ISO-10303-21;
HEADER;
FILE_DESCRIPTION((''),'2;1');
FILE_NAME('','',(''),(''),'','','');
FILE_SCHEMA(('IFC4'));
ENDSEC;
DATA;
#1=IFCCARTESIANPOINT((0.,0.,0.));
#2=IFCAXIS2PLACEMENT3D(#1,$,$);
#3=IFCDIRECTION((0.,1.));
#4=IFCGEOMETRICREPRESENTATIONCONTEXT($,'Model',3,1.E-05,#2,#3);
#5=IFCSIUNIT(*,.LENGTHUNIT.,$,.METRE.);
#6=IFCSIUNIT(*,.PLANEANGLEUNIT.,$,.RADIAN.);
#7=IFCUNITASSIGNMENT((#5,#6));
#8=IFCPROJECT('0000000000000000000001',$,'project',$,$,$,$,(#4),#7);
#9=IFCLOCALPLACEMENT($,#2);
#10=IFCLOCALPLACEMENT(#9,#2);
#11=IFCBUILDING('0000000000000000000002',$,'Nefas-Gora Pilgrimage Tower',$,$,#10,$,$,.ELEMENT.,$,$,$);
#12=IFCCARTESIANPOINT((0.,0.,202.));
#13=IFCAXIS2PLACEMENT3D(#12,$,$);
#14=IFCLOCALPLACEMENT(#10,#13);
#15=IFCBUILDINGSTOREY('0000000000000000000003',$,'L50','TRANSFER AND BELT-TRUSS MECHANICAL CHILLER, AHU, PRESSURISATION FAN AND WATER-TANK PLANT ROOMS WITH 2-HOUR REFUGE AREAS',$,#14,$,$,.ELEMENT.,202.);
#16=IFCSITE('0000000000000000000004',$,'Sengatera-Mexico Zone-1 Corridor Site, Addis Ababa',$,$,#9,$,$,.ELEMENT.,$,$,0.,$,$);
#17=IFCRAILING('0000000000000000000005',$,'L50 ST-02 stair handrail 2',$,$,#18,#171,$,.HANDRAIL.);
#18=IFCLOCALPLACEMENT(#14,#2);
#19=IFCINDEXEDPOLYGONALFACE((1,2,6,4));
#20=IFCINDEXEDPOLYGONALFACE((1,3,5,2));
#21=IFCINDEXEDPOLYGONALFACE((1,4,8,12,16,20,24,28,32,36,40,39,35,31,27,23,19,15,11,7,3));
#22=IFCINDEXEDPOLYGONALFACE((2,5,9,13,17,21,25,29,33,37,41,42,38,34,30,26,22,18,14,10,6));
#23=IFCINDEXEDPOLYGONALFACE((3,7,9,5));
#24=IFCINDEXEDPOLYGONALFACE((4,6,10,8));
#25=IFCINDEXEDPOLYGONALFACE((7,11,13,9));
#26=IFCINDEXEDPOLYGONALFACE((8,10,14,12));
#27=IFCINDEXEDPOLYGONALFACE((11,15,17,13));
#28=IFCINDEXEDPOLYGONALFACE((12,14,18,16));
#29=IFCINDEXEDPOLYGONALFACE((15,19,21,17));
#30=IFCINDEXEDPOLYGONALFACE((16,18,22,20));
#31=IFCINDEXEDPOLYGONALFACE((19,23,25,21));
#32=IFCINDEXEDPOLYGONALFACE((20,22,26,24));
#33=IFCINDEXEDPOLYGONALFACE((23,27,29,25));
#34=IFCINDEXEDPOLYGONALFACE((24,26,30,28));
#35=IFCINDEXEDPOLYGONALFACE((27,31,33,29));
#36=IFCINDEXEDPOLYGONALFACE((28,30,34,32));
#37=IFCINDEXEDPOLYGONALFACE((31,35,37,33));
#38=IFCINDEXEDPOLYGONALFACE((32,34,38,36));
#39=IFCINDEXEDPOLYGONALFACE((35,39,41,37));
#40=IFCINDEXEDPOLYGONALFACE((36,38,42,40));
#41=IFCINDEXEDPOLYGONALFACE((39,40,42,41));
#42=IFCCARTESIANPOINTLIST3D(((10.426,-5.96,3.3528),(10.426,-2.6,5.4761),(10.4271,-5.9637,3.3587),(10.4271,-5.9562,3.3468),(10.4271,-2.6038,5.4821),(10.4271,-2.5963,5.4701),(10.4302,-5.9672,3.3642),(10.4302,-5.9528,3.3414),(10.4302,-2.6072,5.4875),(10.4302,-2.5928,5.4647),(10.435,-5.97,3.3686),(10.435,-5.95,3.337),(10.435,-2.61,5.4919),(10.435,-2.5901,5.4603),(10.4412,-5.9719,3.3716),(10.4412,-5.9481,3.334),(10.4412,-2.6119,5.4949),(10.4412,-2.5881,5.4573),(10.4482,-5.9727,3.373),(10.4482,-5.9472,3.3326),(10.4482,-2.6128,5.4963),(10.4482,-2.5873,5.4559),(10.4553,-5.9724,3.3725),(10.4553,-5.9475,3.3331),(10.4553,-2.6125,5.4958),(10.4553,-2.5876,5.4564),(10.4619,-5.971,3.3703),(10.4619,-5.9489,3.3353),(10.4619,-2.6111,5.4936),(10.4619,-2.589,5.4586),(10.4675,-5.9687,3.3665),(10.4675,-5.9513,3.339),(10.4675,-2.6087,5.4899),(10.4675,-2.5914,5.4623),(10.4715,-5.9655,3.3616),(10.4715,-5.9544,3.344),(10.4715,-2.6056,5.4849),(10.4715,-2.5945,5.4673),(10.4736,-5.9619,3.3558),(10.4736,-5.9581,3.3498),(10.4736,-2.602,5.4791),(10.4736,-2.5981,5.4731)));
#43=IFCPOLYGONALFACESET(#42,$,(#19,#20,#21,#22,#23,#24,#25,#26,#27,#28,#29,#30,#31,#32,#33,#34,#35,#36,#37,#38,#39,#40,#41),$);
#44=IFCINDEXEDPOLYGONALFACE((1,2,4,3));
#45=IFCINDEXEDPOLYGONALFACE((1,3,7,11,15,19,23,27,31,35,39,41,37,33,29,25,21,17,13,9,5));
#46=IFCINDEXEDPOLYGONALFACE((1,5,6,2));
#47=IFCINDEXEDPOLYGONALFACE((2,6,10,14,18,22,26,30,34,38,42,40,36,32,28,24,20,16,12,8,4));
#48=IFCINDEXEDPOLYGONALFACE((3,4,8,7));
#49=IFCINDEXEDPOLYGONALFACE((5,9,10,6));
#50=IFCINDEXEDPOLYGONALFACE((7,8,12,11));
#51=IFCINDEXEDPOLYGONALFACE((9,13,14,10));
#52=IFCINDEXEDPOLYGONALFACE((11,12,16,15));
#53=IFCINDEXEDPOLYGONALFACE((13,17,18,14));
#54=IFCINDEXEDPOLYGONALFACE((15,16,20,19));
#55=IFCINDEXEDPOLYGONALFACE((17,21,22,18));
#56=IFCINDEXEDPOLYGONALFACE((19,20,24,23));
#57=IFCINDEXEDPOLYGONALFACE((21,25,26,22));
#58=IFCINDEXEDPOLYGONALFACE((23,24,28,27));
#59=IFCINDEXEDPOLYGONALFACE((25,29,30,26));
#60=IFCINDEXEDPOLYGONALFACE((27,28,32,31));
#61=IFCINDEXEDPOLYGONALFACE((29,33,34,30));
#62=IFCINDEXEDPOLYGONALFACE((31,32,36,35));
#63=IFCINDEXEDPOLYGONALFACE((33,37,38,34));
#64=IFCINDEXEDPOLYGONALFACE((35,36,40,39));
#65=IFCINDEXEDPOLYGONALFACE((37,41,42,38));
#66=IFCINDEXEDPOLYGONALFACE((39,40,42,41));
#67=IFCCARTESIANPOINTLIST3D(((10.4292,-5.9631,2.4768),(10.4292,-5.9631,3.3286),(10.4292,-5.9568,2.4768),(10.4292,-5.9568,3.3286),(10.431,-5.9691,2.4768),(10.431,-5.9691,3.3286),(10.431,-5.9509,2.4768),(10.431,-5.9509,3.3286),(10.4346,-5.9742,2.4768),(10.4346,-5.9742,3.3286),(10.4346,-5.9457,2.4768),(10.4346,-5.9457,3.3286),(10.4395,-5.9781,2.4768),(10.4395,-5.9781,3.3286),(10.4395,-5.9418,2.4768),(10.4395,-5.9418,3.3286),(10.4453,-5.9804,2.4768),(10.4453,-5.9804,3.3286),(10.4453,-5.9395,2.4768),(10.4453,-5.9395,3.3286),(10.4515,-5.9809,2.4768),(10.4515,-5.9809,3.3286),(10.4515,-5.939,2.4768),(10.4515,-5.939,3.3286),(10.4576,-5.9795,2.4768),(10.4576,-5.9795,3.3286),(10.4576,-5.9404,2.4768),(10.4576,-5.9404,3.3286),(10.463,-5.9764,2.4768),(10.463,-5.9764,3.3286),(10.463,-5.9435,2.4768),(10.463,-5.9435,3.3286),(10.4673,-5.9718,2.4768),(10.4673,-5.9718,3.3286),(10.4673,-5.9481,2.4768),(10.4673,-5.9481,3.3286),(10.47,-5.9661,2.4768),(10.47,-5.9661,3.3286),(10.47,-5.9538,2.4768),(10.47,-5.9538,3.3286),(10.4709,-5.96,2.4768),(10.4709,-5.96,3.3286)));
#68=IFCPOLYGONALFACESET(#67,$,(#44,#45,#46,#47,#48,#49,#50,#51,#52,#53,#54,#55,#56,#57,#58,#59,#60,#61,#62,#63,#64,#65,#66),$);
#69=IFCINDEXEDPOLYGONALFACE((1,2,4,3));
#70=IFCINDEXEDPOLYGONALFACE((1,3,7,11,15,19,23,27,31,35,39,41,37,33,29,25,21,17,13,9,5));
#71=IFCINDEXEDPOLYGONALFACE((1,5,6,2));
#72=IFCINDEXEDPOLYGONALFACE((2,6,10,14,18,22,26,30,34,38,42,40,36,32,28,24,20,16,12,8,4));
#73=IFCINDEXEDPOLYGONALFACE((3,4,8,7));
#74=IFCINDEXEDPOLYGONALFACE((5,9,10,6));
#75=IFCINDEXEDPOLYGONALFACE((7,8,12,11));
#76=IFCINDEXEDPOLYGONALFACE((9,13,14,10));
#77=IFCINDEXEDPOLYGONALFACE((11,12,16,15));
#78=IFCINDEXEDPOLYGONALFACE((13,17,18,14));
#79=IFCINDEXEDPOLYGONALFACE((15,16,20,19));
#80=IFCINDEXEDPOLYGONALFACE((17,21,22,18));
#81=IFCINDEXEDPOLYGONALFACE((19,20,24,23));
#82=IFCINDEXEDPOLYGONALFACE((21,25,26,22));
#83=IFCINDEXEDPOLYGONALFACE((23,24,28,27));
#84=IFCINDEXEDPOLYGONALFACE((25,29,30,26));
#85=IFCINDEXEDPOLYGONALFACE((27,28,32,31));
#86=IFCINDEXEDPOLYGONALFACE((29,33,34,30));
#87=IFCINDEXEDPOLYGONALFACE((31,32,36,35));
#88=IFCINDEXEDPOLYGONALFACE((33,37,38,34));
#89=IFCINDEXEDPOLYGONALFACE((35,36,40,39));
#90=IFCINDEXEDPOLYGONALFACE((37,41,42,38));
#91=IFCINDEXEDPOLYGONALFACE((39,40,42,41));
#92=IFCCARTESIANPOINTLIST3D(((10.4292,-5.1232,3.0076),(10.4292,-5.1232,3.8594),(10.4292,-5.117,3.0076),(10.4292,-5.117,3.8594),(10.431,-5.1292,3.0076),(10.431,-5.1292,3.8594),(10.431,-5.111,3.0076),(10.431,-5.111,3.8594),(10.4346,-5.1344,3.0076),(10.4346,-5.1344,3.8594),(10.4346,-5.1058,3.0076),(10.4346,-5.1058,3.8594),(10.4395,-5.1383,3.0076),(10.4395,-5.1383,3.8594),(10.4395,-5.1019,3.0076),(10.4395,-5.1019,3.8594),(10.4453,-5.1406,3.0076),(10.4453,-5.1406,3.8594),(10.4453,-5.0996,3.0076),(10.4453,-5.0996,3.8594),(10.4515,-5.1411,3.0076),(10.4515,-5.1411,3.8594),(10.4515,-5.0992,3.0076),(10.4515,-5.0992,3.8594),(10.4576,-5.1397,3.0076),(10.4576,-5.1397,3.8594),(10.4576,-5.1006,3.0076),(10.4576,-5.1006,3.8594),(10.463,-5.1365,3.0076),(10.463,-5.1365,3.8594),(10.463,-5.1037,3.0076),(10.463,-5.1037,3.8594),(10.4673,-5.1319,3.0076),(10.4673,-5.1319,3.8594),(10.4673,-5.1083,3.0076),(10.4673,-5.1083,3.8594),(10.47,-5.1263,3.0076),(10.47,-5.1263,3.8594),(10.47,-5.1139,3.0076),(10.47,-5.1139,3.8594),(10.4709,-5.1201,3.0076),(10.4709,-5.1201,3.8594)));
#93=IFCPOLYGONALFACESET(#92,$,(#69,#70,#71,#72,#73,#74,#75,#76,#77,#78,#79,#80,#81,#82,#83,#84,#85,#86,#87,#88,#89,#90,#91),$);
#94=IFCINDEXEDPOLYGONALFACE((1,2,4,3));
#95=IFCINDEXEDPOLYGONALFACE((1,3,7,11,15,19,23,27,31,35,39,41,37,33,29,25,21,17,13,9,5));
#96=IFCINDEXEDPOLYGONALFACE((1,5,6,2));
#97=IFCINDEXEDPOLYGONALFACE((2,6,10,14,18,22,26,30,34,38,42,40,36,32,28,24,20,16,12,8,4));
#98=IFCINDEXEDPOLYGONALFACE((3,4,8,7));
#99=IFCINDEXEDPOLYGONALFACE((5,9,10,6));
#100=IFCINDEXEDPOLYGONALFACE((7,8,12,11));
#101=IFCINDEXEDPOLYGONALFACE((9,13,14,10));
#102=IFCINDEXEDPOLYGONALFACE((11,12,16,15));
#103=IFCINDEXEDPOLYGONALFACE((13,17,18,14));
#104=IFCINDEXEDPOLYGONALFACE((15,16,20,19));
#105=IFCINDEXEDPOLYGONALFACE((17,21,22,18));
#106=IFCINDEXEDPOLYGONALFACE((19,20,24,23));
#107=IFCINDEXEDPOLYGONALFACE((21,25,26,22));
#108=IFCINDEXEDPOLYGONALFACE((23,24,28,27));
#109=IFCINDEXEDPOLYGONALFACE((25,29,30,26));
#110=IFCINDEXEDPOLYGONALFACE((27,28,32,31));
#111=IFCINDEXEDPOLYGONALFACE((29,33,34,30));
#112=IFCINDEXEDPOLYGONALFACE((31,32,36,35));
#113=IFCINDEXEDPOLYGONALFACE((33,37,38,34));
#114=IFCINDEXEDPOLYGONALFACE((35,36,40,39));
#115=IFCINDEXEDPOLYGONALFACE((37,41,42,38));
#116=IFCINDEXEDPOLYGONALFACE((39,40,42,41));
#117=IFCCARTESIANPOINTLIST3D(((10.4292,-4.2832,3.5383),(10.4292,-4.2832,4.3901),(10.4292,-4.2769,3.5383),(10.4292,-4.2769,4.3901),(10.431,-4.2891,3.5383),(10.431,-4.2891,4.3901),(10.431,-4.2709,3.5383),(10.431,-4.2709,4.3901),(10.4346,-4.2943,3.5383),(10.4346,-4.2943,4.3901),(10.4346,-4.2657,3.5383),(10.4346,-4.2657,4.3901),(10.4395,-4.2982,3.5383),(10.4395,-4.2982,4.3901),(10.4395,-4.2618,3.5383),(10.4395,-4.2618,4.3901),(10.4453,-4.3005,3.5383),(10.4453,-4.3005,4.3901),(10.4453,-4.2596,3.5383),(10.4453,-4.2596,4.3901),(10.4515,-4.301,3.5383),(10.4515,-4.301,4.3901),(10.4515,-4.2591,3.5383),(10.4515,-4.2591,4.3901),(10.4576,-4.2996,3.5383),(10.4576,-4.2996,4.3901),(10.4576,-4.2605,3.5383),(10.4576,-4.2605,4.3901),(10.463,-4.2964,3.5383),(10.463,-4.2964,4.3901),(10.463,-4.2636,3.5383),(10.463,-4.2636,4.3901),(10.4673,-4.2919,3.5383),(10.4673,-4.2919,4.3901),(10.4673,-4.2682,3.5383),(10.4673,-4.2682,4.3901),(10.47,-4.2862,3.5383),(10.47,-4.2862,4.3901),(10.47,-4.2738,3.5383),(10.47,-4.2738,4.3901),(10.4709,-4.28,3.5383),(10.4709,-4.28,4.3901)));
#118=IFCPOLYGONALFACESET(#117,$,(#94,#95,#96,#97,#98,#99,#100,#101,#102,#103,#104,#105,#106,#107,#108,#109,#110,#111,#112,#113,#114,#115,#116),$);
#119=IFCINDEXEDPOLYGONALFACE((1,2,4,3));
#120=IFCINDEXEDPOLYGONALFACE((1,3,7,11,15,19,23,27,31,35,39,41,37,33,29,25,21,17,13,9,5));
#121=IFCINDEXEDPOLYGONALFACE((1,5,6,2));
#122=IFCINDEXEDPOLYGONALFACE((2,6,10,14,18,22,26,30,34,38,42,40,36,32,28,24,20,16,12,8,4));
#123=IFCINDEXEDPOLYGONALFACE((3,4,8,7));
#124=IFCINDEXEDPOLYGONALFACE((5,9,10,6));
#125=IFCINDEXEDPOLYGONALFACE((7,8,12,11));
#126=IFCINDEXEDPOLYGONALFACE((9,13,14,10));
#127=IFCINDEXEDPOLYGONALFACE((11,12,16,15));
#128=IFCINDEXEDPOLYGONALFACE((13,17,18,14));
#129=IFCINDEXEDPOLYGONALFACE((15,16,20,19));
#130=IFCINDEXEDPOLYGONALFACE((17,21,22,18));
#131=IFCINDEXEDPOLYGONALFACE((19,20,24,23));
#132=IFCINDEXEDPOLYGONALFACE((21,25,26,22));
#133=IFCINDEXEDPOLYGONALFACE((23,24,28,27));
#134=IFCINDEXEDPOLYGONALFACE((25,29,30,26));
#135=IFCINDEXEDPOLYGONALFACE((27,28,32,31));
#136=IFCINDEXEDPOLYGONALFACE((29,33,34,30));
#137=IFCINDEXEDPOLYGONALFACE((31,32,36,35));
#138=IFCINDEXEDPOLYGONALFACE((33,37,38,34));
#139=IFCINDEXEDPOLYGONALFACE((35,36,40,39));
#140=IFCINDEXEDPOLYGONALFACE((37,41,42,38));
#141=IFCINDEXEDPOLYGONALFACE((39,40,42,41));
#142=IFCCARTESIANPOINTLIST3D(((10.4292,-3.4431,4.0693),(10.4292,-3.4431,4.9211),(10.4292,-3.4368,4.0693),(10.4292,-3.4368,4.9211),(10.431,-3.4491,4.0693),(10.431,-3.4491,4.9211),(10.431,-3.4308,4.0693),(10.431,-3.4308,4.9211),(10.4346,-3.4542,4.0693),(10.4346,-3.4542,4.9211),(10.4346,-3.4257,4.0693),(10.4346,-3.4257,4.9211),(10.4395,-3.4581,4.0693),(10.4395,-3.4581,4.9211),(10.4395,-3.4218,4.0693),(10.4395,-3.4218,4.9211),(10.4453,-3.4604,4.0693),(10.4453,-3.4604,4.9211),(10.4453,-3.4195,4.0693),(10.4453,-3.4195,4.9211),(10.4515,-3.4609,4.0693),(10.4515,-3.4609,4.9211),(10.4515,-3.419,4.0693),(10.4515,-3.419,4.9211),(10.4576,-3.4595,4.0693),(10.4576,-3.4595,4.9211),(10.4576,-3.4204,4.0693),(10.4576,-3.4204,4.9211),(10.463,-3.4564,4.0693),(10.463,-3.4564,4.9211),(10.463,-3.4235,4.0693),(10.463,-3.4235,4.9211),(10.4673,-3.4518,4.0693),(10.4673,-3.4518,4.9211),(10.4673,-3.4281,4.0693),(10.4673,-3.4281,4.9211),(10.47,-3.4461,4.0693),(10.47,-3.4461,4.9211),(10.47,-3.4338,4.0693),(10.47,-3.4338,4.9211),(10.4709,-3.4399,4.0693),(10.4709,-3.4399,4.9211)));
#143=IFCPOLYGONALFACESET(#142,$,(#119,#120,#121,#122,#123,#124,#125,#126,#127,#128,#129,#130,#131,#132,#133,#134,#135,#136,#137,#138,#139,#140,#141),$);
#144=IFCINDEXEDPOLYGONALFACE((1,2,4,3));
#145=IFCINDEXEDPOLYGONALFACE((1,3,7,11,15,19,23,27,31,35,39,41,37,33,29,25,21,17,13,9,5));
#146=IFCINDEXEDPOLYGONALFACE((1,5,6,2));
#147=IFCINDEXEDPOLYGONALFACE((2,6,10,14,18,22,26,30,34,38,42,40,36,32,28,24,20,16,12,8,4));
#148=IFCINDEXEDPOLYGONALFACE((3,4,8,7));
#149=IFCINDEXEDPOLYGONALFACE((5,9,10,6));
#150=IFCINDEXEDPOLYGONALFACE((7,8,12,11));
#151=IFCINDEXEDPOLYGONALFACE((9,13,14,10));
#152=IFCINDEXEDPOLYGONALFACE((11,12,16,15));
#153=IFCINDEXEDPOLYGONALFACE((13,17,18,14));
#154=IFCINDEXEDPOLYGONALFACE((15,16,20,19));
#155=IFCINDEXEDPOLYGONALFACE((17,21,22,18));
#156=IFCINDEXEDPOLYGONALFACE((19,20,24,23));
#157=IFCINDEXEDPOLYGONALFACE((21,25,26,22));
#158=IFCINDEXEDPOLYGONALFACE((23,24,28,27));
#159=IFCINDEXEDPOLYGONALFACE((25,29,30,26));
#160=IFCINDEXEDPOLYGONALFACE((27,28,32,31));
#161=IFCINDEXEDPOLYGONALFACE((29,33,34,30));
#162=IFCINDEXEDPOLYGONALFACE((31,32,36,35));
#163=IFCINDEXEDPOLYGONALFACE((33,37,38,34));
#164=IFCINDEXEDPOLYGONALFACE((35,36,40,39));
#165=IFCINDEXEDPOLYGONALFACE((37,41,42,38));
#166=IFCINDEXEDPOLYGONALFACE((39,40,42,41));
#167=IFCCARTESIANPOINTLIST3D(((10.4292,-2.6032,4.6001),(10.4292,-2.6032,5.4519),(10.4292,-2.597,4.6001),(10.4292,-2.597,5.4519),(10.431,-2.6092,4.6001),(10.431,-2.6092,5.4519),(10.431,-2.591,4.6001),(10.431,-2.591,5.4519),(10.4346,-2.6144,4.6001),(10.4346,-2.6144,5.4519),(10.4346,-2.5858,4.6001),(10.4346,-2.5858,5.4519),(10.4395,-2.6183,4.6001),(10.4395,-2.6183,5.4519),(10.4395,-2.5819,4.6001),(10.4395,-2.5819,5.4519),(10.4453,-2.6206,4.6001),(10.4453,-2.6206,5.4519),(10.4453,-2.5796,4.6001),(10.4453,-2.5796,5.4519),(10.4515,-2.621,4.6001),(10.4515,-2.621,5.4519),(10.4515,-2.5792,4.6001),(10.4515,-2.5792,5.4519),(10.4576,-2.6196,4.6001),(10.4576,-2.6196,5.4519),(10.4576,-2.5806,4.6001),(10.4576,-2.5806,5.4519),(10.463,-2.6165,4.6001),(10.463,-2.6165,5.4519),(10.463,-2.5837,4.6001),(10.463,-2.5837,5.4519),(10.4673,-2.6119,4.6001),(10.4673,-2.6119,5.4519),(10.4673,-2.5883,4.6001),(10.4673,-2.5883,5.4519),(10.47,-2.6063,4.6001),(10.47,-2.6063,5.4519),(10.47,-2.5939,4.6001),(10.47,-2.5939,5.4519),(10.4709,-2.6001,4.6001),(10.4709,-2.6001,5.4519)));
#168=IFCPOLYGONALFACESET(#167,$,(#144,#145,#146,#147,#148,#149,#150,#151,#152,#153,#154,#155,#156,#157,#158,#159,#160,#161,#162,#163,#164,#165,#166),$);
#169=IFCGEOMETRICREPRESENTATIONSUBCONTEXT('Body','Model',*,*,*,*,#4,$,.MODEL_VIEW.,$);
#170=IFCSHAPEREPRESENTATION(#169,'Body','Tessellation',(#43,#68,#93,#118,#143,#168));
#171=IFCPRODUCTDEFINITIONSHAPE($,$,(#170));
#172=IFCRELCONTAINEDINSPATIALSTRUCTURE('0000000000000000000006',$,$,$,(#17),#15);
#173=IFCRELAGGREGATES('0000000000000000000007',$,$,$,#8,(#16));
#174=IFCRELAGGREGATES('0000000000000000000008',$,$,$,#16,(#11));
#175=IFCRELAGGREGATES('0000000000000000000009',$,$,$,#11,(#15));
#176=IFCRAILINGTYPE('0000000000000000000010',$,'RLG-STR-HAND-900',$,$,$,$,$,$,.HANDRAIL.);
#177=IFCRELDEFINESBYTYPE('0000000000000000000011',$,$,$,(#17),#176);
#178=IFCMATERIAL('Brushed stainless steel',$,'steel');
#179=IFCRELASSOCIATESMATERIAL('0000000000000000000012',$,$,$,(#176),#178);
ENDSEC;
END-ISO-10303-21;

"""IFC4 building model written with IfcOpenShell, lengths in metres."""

from ifc_helpers import new_model, si_unit, direction, frame, origin, origin_2d, place, context, subcontext, project, spatial, circle, extrude, material, type_object, element, save


model = new_model("IFC4")

# Units and contexts
model_context = context("Model", 3, precision=1e-05, world=origin(), true_north=direction((0.0, 1.0)))
body_context = subcontext(model_context, "Body", "Model", "MODEL_VIEW")
ifc_project = project(units=[si_unit("LENGTHUNIT", "METRE"), si_unit("PLANEANGLEUNIT", "RADIAN")], contexts=[model_context])

# Site, building, storey
site_placement = place(None, origin())
site = spatial("IfcSite", under=ifc_project, at=site_placement, Name="Sengatera-Mexico Zone-1 Corridor Site, Addis Ababa", CompositionType="ELEMENT", RefElevation=0.0)
building_placement = place(site_placement, origin())
building = spatial("IfcBuilding", under=site, at=building_placement, Name="Nefas-Gora Pilgrimage Tower", CompositionType="ELEMENT")
storey_placement = place(building_placement, frame((0.0, 0.0, 202.0)))
storey = spatial("IfcBuildingStorey", under=building, at=storey_placement, Name="L50", Description="TRANSFER AND BELT-TRUSS MECHANICAL CHILLER, AHU, PRESSURISATION FAN AND WATER-TANK PLANT ROOMS WITH 2-HOUR REFUGE AREAS", CompositionType="ELEMENT", Elevation=202.0)

# Railing
ifc_material_1 = material(Name="Brushed stainless steel", Category="steel")
railing_type_1 = type_object("IfcRailingType", Name="RLG-STR-HAND-900", PredefinedType="HANDRAIL", material=ifc_material_1)
railing_1_placement = place(storey_placement, frame((10.45, -5.96, 2.4768)))
element("IfcRailing", 1, at=railing_1_placement, inside=storey, type_object=railing_type_1, Name="L50 ST-02 stair handrail 2", PredefinedType="HANDRAIL", context=body_context, shape_type="SweptSolid", body=[
    extrude(circle(Radius=0.0239, at=origin_2d()), frame((0.0, 0.0, 0.876), z_axis=(0.0, 0.845344, 0.534222), x_axis=(-1.0, 0.0, 0.0)), (0.0, 0.0, 1.0), 3.9746),
    extrude(circle(Radius=0.021, at=origin_2d()), origin(), (0.0, 0.0, 1.0), 0.8518),
    extrude(circle(Radius=0.021, at=origin_2d()), frame((0.0, 0.8398, 0.5308)), (0.0, 0.0, 1.0), 0.8518),
    extrude(circle(Radius=0.021, at=origin_2d()), frame((0.0, 1.6799, 1.0615)), (0.0, 0.0, 1.0), 0.8518),
    extrude(circle(Radius=0.021, at=origin_2d()), frame((0.0, 2.52, 1.5925)), (0.0, 0.0, 1.0), 0.8518),
    extrude(circle(Radius=0.021, at=origin_2d()), frame((0.0, 3.3599, 2.1233)), (0.0, 0.0, 1.0), 0.8518),
])

save(model, "model.ifc")
